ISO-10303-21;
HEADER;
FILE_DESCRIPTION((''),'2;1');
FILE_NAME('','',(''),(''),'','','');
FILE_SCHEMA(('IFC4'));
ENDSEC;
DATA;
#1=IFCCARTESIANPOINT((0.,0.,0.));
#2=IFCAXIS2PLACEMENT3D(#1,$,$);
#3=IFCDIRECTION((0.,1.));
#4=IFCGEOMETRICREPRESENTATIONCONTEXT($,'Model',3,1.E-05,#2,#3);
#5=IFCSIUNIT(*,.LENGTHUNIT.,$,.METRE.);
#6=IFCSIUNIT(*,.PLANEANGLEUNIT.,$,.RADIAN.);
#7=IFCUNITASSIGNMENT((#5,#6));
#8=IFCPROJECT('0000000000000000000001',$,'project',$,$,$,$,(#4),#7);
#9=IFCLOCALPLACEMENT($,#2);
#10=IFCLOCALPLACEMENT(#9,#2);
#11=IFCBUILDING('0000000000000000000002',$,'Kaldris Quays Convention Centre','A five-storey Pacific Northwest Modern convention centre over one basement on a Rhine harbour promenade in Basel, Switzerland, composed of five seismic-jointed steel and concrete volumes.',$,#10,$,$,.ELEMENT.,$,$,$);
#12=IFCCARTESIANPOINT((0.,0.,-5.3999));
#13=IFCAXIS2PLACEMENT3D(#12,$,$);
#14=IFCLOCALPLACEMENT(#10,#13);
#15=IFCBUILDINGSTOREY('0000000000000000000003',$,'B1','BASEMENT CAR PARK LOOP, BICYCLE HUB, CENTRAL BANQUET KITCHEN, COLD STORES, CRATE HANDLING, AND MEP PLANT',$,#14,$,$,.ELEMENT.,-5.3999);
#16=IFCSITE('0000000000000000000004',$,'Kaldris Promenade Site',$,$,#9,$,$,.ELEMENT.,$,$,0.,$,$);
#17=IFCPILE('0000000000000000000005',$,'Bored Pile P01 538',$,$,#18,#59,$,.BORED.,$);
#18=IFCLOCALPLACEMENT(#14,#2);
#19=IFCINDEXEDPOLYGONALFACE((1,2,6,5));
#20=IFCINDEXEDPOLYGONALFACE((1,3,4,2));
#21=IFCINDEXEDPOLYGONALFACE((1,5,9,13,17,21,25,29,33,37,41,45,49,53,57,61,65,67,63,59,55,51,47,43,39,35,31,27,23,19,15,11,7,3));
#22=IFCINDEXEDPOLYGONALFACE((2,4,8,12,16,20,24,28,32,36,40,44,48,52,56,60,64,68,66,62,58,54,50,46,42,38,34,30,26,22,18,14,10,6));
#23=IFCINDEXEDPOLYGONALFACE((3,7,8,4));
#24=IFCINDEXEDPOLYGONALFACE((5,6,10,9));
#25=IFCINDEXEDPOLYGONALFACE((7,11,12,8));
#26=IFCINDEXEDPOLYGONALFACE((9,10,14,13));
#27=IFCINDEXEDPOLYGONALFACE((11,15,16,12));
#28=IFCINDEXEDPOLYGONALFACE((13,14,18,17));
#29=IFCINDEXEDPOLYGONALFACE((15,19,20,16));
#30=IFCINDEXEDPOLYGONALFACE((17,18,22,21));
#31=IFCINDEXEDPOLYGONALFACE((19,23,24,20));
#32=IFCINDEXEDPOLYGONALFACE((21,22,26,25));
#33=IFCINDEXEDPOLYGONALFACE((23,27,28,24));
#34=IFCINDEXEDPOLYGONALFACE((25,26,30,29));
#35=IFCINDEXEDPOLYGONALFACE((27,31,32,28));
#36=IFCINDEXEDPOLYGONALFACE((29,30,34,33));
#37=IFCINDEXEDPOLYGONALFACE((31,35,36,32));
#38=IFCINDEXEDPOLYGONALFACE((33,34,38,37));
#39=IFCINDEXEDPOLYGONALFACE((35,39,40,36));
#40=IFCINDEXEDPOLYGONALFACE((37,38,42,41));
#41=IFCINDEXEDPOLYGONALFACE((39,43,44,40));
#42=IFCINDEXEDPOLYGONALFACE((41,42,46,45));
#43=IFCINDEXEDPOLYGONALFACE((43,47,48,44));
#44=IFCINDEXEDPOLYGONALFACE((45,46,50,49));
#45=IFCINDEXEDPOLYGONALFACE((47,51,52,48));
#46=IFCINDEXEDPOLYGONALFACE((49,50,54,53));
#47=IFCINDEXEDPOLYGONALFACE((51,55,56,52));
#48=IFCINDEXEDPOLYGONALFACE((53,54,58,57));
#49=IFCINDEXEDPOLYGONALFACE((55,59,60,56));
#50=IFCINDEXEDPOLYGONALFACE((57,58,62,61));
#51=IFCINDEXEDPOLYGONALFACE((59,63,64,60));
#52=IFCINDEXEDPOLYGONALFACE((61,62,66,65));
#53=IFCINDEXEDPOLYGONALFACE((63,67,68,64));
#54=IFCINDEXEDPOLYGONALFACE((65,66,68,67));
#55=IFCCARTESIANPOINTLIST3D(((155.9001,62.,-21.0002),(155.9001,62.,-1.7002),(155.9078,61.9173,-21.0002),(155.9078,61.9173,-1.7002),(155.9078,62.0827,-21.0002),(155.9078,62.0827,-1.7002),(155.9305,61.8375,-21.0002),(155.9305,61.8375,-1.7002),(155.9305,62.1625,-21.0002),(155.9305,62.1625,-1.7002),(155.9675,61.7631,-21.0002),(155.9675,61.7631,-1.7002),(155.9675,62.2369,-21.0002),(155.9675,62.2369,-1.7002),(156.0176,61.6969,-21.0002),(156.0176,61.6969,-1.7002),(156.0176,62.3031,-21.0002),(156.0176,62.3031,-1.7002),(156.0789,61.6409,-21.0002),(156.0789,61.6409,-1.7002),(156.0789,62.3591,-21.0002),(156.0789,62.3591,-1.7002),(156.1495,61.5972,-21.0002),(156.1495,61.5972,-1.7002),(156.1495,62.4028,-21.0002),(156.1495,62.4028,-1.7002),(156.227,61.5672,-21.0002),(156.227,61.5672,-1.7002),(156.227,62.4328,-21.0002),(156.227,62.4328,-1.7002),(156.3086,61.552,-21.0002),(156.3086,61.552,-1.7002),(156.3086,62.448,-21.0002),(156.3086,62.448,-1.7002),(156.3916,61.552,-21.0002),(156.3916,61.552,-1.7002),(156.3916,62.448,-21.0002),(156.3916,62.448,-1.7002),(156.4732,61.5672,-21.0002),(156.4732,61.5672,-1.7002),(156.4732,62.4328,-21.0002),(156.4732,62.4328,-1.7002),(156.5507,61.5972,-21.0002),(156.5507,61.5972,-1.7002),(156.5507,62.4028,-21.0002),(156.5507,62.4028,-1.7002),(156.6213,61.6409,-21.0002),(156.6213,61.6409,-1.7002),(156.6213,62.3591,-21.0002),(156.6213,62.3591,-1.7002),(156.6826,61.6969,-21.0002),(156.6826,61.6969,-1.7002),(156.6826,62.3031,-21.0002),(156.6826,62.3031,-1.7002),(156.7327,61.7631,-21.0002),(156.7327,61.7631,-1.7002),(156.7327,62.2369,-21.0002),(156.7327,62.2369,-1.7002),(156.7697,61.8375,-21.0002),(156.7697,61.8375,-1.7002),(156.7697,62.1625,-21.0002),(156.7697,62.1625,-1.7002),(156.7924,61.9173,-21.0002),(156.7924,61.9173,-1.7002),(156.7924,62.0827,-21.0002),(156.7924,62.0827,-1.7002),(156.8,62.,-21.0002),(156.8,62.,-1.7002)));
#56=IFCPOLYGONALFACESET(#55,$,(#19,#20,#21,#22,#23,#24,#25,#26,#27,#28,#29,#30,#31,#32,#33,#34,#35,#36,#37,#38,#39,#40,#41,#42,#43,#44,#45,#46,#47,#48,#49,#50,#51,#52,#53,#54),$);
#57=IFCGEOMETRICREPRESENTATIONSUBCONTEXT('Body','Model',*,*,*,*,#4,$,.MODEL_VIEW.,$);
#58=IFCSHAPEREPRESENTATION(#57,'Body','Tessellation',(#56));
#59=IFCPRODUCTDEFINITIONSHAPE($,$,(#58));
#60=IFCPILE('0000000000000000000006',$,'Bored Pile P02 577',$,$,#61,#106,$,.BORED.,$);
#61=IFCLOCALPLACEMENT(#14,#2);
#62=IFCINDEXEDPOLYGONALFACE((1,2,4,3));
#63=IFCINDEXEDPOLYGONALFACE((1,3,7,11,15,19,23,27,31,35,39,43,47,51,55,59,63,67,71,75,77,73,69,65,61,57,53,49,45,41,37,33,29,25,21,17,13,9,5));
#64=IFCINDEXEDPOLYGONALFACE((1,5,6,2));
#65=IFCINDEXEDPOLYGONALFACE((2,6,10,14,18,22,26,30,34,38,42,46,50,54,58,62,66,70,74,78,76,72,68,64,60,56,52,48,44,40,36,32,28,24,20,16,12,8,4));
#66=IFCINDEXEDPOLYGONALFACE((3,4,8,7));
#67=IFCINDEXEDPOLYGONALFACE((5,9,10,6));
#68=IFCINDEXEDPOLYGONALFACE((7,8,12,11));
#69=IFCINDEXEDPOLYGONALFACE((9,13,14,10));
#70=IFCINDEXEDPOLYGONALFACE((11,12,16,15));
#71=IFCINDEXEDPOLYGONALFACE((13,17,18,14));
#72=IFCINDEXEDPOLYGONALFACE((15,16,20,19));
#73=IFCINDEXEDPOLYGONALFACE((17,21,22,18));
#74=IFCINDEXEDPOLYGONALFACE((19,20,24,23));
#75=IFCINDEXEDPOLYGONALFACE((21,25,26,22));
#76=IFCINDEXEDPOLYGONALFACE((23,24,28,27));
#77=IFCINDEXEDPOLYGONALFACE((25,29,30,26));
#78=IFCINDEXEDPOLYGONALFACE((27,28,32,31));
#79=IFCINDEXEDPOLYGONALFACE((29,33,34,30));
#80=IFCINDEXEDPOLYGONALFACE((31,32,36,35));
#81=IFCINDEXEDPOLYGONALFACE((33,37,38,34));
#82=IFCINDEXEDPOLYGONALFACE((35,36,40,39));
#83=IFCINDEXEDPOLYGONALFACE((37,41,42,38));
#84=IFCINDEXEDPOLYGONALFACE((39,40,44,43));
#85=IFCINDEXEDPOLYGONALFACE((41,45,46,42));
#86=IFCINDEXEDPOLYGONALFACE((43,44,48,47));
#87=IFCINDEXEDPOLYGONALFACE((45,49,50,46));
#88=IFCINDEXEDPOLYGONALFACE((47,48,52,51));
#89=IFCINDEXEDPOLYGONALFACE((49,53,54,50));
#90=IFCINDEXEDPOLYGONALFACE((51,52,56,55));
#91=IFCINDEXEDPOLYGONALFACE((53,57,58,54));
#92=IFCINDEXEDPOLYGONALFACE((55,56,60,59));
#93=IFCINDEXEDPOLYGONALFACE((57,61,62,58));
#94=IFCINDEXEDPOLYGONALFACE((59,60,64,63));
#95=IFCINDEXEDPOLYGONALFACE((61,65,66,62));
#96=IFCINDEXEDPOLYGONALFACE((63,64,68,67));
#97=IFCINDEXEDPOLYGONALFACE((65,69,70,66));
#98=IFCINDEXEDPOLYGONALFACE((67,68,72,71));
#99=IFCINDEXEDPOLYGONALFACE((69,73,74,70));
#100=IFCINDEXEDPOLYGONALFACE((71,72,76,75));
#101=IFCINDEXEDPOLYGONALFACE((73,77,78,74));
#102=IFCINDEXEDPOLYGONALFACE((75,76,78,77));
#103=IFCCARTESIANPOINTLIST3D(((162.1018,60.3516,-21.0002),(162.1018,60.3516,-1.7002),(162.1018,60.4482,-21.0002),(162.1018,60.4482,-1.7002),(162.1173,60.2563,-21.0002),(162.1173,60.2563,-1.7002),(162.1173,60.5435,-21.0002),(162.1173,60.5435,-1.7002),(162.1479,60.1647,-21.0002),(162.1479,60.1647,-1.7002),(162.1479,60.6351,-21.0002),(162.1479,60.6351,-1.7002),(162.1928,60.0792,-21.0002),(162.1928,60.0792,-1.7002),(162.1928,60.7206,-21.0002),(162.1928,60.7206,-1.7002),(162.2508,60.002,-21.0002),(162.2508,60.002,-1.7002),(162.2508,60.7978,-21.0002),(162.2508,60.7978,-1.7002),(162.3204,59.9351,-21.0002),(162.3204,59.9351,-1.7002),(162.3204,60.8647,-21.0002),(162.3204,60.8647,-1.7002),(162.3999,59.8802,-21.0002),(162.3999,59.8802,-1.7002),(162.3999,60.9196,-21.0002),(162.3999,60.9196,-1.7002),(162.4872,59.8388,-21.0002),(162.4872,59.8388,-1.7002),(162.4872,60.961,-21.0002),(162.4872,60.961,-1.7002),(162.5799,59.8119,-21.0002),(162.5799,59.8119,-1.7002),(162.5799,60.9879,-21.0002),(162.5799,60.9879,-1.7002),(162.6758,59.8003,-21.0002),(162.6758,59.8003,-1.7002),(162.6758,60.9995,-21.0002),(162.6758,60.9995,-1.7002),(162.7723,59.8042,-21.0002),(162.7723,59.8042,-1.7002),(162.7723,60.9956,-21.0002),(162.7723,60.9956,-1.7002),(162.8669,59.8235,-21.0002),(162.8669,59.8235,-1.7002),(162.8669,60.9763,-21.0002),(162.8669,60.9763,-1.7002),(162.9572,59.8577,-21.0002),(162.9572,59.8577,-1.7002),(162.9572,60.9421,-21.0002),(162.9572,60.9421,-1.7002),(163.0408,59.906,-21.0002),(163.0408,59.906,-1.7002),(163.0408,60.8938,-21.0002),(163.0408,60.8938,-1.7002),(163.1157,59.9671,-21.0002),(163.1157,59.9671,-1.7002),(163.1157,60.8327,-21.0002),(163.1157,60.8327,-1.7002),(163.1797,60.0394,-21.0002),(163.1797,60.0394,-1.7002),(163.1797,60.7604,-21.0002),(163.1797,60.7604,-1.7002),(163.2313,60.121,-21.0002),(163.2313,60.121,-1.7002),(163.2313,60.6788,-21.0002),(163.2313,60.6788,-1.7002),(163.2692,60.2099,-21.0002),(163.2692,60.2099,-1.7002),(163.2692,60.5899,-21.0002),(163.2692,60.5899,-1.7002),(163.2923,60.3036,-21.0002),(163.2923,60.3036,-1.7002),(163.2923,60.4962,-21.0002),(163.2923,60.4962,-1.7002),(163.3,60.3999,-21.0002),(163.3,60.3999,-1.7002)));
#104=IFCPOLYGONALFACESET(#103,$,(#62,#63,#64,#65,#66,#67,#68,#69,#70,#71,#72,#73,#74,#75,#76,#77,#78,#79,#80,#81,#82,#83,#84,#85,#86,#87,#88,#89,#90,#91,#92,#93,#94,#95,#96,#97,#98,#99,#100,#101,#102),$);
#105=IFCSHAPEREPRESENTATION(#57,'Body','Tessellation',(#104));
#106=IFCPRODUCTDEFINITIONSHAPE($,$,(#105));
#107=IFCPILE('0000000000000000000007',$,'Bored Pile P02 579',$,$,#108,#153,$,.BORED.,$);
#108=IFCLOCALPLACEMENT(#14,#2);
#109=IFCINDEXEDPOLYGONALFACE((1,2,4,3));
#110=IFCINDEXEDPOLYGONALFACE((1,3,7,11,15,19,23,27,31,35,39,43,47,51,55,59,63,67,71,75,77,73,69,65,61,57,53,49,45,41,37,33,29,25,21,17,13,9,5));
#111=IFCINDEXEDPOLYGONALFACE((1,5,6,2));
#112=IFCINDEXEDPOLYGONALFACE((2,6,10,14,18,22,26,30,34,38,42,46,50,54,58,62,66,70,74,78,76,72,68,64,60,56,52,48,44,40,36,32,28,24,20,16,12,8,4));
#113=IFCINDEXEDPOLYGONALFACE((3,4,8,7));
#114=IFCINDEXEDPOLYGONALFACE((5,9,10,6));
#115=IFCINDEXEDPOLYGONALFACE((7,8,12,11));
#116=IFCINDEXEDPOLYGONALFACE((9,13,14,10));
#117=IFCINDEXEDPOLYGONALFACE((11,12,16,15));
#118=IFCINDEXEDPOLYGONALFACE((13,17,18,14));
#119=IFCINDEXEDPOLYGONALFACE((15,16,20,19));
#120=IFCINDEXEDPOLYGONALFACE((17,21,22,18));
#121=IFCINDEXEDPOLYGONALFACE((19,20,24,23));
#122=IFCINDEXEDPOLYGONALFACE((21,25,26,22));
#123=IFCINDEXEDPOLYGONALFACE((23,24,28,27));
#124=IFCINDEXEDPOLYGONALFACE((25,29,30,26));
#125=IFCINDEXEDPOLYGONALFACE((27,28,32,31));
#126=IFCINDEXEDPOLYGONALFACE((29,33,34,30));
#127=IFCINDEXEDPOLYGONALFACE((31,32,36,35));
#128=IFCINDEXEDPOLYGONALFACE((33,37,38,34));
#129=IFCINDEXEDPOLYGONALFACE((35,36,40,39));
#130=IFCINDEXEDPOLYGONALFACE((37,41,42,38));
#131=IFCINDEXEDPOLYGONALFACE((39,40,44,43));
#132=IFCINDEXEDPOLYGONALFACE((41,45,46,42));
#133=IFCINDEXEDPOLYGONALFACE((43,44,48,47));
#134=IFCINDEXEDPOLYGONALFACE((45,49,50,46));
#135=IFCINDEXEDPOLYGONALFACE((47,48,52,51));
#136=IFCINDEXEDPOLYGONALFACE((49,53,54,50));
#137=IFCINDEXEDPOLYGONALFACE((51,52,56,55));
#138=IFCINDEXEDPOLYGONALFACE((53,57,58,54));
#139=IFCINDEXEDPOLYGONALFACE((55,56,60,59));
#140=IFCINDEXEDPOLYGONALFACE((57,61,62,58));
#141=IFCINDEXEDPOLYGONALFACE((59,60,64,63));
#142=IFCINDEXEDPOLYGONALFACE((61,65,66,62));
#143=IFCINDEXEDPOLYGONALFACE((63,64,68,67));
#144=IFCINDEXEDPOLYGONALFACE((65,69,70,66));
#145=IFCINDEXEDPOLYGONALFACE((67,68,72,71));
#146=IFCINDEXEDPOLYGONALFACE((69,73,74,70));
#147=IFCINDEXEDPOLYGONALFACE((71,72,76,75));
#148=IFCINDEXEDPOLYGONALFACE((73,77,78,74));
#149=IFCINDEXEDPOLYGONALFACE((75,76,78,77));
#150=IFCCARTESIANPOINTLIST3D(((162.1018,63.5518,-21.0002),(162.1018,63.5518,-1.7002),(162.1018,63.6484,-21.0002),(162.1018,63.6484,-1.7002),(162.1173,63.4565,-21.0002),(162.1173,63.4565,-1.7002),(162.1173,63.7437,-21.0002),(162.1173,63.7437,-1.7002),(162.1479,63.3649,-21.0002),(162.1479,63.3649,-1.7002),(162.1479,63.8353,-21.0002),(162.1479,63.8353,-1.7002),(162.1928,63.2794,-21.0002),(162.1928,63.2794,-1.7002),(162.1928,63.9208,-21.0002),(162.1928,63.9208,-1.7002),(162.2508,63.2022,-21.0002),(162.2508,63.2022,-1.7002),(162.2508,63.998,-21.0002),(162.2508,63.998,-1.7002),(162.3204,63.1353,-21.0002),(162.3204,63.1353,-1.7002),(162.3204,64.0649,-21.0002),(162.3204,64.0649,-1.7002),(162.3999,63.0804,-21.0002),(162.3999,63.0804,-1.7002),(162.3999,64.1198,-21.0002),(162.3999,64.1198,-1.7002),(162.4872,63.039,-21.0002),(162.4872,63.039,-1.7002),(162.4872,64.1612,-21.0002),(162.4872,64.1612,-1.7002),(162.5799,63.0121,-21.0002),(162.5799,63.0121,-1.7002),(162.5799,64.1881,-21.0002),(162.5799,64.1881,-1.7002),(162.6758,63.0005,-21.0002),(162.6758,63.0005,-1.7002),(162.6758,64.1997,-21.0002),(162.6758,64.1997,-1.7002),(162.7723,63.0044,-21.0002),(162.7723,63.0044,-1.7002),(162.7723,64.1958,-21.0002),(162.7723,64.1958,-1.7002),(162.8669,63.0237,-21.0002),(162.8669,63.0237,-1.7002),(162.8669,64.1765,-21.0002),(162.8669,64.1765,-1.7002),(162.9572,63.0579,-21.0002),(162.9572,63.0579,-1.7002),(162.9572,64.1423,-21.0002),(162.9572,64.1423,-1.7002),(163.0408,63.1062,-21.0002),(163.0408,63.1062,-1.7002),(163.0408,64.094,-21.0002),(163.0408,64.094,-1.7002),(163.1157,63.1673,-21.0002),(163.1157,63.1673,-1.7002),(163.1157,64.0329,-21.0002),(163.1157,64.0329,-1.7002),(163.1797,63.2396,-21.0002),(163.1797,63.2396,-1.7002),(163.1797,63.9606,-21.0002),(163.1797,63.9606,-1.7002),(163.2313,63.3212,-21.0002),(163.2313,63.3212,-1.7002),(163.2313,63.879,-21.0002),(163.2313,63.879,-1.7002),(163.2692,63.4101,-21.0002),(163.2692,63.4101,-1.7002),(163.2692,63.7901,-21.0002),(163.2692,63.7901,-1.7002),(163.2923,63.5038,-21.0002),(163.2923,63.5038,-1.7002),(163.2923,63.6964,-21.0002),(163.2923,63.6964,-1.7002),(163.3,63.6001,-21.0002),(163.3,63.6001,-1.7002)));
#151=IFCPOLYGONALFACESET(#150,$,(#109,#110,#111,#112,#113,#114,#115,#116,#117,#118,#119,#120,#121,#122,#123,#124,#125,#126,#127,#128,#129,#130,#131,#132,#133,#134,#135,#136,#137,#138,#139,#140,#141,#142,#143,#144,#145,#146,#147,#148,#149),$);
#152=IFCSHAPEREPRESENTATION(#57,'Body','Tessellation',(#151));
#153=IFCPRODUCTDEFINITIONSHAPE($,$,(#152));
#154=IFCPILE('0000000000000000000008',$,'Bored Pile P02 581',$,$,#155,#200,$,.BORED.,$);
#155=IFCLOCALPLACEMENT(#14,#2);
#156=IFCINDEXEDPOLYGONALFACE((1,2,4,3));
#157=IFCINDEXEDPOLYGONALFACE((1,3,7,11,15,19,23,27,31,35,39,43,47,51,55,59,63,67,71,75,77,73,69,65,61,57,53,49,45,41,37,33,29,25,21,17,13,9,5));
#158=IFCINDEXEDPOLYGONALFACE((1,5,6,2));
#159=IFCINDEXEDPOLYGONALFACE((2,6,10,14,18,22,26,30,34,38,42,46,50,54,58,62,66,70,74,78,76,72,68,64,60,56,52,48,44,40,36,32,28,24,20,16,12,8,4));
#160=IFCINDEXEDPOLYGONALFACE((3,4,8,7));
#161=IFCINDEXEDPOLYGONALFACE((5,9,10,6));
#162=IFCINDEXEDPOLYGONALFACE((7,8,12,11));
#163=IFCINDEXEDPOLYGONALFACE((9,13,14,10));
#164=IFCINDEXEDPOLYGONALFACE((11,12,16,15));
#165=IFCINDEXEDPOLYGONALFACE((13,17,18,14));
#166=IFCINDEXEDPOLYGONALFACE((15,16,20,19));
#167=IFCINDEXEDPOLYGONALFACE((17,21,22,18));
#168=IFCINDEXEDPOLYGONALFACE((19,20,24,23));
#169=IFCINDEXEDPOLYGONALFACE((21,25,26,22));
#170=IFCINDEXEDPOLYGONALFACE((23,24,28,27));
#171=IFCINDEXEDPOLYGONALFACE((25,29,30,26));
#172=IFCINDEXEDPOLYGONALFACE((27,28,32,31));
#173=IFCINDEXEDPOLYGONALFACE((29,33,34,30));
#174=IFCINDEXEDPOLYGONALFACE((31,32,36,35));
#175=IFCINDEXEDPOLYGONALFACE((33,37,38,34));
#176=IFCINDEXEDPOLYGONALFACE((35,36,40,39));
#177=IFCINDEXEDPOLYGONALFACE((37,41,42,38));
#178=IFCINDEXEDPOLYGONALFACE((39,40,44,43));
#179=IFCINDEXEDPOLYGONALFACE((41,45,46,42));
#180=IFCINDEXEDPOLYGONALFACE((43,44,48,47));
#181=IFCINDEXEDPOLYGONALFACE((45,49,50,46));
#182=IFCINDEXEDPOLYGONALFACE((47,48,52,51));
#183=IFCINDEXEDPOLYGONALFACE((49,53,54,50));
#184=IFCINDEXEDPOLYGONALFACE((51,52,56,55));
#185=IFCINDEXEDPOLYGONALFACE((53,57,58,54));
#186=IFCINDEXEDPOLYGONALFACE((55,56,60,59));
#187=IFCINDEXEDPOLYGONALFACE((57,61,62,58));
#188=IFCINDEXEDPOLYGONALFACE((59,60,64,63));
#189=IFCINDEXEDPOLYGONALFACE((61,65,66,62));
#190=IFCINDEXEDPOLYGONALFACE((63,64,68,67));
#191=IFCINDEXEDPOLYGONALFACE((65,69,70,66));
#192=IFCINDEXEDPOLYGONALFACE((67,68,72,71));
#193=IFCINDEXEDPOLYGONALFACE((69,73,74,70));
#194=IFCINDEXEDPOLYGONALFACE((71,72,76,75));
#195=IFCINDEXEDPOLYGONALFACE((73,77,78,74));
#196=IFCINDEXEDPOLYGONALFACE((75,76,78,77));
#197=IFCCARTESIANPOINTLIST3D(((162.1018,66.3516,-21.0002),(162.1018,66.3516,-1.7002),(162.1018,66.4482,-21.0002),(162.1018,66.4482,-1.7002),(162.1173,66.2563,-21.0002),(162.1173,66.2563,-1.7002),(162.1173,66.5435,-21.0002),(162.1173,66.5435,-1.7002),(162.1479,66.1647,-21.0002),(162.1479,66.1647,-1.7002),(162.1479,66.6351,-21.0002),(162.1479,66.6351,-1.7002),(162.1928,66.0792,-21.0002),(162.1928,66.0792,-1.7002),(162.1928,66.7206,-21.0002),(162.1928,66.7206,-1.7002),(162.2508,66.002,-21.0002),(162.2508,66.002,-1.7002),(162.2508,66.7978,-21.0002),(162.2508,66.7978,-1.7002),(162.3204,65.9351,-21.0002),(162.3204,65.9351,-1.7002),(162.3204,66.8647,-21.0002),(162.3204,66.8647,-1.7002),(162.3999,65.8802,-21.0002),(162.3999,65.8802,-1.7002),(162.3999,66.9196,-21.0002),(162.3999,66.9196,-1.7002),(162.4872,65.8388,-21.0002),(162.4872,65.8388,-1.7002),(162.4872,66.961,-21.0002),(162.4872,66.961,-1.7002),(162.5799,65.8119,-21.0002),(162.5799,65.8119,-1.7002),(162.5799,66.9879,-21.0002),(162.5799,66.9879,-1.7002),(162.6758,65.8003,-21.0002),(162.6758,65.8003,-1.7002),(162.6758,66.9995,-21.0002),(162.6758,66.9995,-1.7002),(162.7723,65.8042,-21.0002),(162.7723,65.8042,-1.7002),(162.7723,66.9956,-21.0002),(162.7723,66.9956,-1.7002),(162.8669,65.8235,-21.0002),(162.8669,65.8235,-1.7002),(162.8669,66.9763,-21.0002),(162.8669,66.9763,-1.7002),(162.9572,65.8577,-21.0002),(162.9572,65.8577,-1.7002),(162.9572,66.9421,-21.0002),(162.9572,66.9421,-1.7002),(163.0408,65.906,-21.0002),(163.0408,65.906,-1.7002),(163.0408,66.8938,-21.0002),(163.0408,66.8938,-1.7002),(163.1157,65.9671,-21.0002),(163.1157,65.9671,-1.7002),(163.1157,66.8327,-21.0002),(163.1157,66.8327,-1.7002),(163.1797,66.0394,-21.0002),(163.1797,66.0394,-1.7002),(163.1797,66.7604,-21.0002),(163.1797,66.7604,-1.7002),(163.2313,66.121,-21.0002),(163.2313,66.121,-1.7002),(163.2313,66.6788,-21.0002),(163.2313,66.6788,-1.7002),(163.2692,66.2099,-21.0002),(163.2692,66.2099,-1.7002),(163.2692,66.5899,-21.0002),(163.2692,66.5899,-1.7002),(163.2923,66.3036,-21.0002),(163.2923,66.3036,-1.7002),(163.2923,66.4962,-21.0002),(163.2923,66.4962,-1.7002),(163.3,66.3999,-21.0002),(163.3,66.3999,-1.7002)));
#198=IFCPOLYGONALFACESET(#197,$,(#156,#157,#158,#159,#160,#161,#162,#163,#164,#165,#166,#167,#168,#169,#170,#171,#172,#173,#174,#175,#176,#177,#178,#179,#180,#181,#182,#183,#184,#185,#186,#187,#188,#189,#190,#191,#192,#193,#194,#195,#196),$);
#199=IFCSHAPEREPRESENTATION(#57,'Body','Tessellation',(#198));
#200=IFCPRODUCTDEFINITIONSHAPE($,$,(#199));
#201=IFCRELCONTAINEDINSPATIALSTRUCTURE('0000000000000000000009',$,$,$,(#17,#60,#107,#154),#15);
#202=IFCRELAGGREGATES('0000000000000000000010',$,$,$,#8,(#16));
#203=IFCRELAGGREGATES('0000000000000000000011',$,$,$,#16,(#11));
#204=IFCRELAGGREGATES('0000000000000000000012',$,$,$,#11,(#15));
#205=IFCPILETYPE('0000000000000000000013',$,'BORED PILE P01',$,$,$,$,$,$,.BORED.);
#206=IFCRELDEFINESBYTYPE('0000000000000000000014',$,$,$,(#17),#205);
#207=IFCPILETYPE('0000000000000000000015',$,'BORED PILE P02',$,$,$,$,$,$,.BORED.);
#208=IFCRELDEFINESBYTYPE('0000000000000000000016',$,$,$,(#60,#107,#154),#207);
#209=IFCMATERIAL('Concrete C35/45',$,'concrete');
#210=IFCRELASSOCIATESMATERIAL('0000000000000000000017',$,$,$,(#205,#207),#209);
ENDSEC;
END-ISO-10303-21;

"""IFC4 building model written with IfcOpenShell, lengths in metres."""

from ifc_helpers import new_model, si_unit, direction, frame, origin, origin_2d, place, context, subcontext, project, spatial, circle, extrude, material, material_profile, profile_set, type_object, element, save


model = new_model("IFC4")

# Units and contexts
model_context = context("Model", 3, precision=1e-05, world=origin(), true_north=direction((0.0, 1.0)))
body_context = subcontext(model_context, "Body", "Model", "MODEL_VIEW")
ifc_project = project(units=[si_unit("LENGTHUNIT", "METRE"), si_unit("PLANEANGLEUNIT", "RADIAN")], contexts=[model_context])

# Site, building, storey
site_placement = place(None, origin())
site = spatial("IfcSite", under=ifc_project, at=site_placement, Name="Kaldris Promenade Site", CompositionType="ELEMENT", RefElevation=0.0)
building_placement = place(site_placement, origin())
building = spatial("IfcBuilding", under=site, at=building_placement, Name="Kaldris Quays Convention Centre", Description="A five-storey Pacific Northwest Modern convention centre over one basement on a Rhine harbour promenade in Basel, Switzerland, composed of five seismic-jointed steel and concrete volumes.", CompositionType="ELEMENT")
storey_placement = place(building_placement, frame((0.0, 0.0, -5.3999)))
storey = spatial("IfcBuildingStorey", under=building, at=storey_placement, Name="B1", Description="BASEMENT CAR PARK LOOP, BICYCLE HUB, CENTRAL BANQUET KITCHEN, COLD STORES, CRATE HANDLING, AND MEP PLANT", CompositionType="ELEMENT", Elevation=-5.3999)

# Piles
ifc_material_1 = material(Name="Concrete C35/45", Category="concrete")
ifc_material_profile_1 = material_profile(ifc_material_1, circle(Radius=0.45, at=origin_2d()), Name="BORED PILE D900")
ifc_profile_set_1 = profile_set([ifc_material_profile_1], Name="Concrete C35/45")
pile_type_1 = type_object("IfcPileType", Name="BORED PILE P01", PredefinedType="BORED", material=ifc_profile_set_1)
pile_placement = place(storey_placement, frame((156.3501, 62.0, -1.7002), z_axis=(0.0, 0.0, -1.0), x_axis=(1.0, 0.0, 0.0)))
element("IfcPile", 1, at=pile_placement, inside=storey, type_object=pile_type_1, Name="Bored Pile P01 538", PredefinedType="BORED", context=body_context, shape_type="SweptSolid", body=[
    extrude(circle(Radius=0.45, at=origin_2d()), origin(), (0.0, 0.0, 1.0), 19.3),
])
ifc_material_profile_2 = material_profile(ifc_material_1, circle(Radius=0.6001, at=origin_2d()), Name="BORED PILE D1200")
ifc_profile_set_2 = profile_set([ifc_material_profile_2], Name="Concrete C35/45")
pile_type_2 = type_object("IfcPileType", Name="BORED PILE P02", PredefinedType="BORED", material=ifc_profile_set_2)
for number, where, z_axis, x_axis, name in (
    (2, (162.7, 60.3999, -1.7002), (0.0, 0.0, -1.0), (1.0, 0.0, 0.0), "Bored Pile P02 577"),
    (3, (162.7, 63.6001, -1.7002), (0.0, 0.0, -1.0), (1.0, 0.0, 0.0), "Bored Pile P02 579"),
    (4, (162.7, 66.3999, -1.7002), (0.0, 0.0, -1.0), (1.0, 0.0, 0.0), "Bored Pile P02 581"),
):
    element("IfcPile", number, at=place(storey_placement, frame(where, z_axis=z_axis, x_axis=x_axis)), inside=storey, type_object=pile_type_2, Name=name, PredefinedType="BORED", context=body_context, shape_type="SweptSolid", body=[
        extrude(circle(Radius=0.6001, at=origin_2d()), origin(), (0.0, 0.0, 1.0), 19.3),
    ])

save(model, "model.ifc")
